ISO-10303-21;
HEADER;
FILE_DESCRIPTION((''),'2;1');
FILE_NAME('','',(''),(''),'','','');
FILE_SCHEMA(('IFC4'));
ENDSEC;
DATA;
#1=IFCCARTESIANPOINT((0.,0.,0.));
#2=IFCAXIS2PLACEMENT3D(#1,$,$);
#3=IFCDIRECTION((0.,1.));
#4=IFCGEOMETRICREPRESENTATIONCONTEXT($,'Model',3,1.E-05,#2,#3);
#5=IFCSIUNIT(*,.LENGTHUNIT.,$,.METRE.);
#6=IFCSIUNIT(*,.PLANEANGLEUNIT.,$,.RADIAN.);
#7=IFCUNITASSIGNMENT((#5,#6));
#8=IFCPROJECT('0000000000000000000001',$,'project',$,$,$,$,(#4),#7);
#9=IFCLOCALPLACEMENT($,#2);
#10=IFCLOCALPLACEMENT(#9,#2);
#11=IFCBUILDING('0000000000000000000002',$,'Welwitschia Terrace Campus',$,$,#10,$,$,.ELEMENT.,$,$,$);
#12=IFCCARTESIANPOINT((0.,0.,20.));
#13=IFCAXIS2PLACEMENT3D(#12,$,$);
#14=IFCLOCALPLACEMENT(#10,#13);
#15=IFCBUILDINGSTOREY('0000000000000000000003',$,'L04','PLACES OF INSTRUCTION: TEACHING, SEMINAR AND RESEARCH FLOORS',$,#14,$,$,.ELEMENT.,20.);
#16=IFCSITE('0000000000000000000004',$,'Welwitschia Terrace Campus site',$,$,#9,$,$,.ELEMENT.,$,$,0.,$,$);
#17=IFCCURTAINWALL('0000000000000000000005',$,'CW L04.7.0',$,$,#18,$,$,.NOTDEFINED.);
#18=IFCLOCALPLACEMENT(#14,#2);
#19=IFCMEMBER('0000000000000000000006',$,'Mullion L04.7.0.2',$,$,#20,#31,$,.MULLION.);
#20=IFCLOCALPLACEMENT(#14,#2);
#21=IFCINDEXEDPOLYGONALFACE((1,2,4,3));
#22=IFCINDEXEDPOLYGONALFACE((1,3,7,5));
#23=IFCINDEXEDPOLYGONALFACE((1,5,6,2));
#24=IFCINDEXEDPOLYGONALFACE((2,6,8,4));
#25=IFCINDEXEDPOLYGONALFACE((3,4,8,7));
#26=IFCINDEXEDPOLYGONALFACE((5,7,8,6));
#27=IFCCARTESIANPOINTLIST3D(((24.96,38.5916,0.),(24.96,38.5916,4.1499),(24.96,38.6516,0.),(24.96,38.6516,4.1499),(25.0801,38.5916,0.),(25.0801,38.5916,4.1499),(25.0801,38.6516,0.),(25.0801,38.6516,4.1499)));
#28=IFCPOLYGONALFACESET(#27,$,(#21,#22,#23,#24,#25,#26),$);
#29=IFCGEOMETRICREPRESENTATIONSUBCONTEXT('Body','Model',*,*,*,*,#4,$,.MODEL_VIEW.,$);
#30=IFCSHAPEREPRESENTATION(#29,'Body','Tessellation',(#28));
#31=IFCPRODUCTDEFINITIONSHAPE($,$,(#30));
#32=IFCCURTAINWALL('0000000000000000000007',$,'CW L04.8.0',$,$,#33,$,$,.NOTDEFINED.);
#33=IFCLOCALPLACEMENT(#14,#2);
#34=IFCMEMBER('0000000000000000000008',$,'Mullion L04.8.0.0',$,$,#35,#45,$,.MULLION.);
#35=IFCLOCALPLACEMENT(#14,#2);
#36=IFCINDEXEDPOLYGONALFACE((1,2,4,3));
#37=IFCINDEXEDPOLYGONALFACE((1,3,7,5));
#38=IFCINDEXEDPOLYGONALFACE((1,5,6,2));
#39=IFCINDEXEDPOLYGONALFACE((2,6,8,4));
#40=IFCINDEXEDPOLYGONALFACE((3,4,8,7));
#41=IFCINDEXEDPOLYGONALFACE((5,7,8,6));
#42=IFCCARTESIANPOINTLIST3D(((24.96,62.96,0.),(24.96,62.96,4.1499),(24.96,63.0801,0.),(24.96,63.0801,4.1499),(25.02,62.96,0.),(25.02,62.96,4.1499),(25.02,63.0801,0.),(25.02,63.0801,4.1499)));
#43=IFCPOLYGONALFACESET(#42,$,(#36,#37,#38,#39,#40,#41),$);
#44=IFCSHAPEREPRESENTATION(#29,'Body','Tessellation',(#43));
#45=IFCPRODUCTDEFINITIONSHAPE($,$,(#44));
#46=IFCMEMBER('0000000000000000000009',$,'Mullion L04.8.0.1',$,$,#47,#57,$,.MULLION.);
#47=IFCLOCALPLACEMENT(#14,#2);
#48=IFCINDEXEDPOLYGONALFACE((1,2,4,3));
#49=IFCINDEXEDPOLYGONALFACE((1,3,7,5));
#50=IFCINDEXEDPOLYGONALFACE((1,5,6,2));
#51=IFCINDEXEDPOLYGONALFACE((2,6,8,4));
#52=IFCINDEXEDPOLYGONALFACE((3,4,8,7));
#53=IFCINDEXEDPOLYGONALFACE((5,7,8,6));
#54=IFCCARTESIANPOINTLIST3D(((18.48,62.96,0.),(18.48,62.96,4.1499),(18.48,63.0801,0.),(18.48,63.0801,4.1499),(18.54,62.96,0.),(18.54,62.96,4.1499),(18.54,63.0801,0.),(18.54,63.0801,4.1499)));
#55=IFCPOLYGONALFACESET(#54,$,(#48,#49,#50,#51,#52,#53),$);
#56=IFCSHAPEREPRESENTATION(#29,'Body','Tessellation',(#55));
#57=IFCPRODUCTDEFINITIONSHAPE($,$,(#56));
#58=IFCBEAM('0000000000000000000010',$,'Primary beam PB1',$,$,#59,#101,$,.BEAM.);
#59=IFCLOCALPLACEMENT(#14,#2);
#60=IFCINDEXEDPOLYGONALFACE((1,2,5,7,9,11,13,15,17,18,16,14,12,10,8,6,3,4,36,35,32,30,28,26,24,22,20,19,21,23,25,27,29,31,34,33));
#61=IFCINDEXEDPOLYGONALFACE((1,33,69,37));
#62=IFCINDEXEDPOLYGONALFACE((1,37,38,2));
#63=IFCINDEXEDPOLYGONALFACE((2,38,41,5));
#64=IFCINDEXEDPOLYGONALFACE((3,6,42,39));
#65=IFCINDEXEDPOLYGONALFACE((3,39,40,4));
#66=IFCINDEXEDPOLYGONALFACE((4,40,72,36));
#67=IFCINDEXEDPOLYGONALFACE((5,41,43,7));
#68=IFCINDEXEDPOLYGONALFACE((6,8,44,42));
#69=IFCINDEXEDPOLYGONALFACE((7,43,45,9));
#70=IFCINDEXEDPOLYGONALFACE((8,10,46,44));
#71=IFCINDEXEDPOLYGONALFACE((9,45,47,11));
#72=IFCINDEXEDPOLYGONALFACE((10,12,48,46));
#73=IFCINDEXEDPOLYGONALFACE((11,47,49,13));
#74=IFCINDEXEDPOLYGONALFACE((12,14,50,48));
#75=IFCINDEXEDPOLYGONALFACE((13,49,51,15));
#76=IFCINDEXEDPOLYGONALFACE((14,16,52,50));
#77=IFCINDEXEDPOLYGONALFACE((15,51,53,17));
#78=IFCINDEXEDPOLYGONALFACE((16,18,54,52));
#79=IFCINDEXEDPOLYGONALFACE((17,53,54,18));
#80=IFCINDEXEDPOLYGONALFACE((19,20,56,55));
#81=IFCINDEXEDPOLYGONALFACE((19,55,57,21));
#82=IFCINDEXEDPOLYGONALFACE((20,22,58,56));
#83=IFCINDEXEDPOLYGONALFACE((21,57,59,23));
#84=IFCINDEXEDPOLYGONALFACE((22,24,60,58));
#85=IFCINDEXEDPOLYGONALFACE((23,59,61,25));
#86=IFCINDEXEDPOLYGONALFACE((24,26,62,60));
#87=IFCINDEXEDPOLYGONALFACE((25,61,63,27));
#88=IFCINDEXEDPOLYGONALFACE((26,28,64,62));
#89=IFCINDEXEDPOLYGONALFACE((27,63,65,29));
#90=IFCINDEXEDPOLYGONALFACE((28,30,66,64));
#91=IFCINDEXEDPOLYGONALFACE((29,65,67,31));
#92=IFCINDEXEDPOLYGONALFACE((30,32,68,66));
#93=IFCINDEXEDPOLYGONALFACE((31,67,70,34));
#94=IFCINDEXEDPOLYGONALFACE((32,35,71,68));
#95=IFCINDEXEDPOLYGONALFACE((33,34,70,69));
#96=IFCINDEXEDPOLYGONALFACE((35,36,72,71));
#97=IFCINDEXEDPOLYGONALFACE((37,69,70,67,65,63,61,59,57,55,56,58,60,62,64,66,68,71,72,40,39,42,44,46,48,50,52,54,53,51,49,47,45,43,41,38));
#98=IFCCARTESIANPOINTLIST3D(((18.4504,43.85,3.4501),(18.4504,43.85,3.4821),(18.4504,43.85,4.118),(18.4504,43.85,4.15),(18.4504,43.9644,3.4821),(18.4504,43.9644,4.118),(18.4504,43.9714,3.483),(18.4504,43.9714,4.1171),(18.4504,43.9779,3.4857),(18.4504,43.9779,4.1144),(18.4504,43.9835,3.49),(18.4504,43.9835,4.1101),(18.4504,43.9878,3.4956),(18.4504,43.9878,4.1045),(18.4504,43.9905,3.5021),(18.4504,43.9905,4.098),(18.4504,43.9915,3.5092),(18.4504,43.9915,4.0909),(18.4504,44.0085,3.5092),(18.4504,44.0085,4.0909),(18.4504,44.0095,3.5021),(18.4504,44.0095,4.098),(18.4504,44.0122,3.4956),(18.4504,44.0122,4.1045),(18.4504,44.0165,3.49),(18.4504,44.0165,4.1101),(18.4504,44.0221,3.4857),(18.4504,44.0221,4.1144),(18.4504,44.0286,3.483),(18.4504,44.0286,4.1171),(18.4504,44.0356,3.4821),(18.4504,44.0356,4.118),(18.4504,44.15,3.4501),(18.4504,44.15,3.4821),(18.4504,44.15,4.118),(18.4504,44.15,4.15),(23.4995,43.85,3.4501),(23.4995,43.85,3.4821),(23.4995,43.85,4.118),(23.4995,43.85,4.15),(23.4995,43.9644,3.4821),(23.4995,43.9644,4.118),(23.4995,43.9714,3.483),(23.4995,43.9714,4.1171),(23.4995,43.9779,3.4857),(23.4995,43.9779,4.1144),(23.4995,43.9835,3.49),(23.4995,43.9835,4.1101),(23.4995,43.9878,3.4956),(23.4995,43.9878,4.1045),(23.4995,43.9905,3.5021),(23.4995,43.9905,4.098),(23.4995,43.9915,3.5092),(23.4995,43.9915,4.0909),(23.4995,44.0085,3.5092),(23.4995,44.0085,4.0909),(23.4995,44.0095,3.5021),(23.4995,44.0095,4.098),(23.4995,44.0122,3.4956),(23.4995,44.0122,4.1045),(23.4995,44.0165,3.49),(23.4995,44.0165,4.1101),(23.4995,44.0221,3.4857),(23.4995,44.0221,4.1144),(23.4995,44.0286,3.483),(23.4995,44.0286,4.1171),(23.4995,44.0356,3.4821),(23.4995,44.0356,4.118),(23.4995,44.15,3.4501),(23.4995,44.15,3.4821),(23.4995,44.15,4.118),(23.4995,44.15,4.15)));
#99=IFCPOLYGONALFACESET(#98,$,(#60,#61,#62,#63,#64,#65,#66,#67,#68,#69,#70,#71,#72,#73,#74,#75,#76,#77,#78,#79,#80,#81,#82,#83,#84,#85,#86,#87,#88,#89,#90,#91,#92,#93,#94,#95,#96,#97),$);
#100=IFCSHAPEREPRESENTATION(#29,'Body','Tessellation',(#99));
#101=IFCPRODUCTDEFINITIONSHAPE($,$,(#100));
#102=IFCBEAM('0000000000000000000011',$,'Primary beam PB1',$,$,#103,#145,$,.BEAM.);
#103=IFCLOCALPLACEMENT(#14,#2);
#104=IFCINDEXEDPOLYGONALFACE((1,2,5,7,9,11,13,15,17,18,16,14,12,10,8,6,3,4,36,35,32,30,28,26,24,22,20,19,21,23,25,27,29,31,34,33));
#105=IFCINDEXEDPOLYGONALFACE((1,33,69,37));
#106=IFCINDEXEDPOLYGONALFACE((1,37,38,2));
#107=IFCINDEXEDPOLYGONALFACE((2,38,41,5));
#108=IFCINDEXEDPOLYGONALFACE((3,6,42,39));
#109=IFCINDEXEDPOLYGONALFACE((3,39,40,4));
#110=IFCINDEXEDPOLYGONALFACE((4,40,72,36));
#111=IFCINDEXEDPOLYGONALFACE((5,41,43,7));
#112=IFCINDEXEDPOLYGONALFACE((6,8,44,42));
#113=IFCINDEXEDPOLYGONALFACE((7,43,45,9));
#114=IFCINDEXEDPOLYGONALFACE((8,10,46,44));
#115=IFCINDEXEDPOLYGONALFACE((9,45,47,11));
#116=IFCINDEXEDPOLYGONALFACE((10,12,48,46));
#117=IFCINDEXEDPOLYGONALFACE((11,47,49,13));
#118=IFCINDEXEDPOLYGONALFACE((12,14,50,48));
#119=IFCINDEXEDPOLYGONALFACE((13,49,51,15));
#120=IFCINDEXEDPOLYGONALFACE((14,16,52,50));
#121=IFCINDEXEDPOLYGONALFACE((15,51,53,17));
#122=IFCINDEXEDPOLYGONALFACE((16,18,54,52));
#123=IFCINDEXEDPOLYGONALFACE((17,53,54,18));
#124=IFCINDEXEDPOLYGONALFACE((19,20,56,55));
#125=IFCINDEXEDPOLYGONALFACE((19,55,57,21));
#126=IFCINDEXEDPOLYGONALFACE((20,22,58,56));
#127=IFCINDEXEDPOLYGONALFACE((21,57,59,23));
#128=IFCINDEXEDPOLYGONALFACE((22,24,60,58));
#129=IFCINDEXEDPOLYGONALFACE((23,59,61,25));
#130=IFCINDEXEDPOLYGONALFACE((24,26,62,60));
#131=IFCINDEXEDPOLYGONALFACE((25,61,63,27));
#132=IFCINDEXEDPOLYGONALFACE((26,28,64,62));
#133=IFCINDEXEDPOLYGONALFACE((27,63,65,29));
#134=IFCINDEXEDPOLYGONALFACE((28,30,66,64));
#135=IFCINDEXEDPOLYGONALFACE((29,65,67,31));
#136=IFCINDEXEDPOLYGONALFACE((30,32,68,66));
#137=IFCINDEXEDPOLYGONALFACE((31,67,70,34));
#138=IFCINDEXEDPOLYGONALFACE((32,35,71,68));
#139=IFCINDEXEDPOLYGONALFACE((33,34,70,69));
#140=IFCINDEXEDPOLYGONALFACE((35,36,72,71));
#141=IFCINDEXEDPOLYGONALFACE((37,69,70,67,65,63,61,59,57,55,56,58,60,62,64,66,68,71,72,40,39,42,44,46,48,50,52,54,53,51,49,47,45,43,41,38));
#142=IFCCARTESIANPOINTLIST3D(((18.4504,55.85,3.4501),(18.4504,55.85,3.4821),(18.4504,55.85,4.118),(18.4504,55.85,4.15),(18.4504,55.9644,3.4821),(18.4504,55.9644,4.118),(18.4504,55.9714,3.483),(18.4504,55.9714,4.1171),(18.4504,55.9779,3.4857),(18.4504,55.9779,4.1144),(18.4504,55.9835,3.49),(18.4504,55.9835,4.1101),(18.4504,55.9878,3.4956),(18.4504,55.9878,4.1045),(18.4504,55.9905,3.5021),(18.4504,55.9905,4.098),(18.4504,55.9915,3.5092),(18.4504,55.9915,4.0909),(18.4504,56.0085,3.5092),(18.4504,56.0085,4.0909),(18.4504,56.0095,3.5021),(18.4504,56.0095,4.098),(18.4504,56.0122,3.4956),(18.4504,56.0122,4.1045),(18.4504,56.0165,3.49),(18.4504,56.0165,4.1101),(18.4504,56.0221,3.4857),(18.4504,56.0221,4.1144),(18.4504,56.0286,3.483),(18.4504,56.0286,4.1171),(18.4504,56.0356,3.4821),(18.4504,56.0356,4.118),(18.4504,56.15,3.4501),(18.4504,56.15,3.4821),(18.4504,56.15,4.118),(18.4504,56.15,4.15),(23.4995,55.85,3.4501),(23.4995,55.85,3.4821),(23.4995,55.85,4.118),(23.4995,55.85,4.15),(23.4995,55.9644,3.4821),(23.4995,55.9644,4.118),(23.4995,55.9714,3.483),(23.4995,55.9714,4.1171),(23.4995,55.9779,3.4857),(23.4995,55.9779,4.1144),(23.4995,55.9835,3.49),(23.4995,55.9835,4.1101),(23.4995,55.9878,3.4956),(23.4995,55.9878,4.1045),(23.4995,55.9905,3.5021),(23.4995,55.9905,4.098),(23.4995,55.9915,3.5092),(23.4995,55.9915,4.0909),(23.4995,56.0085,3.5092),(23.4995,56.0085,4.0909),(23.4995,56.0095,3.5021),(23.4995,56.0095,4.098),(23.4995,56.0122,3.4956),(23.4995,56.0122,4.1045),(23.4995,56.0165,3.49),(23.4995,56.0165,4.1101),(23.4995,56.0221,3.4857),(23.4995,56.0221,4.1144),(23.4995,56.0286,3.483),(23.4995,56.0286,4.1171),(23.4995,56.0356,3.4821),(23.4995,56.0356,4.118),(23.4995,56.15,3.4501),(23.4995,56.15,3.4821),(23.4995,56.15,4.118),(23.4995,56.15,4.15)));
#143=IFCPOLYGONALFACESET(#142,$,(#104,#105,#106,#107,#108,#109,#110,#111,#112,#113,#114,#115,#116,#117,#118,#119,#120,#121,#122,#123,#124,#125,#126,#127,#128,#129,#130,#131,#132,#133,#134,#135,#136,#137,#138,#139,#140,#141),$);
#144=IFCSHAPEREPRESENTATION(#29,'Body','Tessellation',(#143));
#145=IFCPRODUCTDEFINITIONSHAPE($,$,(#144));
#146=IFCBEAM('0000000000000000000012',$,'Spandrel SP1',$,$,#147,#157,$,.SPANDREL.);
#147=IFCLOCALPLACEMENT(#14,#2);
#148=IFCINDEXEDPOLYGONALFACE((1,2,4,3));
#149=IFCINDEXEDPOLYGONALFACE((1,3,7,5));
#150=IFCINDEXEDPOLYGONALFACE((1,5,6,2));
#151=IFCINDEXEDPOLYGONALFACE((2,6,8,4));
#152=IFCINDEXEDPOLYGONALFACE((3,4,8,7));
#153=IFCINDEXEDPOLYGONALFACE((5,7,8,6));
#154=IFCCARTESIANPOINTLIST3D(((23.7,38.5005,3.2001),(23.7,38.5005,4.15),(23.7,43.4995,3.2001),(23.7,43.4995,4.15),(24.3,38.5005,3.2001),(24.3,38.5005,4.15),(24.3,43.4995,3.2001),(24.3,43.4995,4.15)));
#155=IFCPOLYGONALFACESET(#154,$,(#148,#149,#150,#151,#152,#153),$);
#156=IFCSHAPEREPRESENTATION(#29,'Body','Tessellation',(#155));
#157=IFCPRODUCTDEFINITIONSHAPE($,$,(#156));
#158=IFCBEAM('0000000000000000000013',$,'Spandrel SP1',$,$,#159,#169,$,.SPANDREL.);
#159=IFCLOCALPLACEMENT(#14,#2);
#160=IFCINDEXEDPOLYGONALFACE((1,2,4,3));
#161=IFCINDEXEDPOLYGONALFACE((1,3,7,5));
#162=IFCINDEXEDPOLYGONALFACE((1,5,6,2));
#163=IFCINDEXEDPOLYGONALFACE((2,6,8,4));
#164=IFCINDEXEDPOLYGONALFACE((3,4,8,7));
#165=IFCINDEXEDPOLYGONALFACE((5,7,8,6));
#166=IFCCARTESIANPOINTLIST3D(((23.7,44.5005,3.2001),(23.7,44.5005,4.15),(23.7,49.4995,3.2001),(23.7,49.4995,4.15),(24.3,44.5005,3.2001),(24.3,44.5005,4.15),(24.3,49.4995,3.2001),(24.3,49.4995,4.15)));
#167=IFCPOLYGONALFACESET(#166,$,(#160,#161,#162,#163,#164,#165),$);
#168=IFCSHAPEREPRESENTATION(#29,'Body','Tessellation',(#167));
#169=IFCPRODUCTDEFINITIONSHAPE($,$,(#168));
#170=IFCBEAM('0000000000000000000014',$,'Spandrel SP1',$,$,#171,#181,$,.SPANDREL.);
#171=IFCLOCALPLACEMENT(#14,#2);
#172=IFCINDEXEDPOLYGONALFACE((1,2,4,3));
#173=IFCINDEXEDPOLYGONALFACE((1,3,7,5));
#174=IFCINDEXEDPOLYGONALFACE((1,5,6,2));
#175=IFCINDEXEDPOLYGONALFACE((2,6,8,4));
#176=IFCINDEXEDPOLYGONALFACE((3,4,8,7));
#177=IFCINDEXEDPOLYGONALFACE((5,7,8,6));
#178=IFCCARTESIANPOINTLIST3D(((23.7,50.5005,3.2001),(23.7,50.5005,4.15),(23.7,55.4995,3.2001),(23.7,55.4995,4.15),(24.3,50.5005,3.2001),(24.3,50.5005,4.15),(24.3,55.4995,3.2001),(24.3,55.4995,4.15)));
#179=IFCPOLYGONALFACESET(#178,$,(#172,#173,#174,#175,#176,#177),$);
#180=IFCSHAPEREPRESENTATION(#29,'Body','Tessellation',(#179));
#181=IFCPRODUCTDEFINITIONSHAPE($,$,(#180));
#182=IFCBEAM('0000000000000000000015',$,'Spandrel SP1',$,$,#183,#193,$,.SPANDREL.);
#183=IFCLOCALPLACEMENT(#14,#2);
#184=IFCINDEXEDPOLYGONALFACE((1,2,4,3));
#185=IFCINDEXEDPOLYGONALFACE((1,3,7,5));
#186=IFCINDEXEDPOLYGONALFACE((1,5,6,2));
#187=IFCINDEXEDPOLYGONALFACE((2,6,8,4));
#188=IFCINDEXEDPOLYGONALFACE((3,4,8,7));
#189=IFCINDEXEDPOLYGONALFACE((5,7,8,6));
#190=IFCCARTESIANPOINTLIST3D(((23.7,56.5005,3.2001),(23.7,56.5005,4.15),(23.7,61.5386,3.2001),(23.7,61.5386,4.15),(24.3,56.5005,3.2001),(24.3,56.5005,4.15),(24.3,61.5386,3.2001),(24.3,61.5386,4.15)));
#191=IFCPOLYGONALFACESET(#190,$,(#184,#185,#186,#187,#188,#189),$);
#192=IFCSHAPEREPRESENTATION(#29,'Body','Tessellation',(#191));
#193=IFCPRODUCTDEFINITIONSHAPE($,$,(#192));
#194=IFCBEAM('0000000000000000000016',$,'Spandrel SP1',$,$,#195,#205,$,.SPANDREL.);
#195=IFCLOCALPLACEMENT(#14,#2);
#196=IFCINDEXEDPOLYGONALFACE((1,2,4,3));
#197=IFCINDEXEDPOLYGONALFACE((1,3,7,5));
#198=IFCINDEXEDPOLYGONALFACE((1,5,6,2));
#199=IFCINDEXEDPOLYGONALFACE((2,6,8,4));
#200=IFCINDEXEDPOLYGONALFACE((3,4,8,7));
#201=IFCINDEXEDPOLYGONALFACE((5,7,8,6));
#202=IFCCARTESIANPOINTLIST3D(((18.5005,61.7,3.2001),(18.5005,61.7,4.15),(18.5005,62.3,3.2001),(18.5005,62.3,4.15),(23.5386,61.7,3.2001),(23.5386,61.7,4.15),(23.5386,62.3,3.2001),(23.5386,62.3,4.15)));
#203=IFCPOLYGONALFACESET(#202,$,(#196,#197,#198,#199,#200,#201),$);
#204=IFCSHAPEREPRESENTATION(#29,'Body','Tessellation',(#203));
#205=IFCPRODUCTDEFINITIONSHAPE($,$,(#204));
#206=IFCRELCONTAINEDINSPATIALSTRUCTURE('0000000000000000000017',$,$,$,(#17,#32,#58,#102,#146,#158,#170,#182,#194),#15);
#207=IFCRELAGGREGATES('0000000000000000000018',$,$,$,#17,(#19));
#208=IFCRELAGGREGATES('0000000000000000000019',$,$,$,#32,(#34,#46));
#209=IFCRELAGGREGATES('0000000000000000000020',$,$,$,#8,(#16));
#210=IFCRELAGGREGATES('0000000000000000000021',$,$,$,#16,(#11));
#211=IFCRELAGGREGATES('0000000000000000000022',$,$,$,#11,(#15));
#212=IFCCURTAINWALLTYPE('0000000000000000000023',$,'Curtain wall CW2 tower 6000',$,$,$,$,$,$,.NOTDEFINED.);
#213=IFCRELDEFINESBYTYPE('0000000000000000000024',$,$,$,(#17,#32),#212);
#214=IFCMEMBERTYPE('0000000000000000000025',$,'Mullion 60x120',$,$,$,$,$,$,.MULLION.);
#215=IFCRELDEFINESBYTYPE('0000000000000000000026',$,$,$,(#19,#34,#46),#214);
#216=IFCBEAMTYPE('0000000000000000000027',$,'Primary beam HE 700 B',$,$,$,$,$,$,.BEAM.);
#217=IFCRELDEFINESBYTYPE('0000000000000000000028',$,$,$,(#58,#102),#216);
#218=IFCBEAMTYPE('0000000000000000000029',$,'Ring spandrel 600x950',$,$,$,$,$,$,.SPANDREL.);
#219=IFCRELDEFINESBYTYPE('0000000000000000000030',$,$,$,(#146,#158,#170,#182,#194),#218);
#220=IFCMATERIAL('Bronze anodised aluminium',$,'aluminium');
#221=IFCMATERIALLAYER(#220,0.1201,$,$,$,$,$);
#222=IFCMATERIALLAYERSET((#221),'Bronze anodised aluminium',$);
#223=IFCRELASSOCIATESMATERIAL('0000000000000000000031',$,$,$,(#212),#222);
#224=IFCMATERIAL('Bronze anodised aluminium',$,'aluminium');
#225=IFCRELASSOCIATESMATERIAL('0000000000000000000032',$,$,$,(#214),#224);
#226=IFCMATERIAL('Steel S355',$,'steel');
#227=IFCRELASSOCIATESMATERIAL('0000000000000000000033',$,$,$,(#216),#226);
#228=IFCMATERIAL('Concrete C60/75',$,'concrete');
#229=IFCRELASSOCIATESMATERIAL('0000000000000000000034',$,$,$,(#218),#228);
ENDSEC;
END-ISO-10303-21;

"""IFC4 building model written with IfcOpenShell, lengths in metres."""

from ifc_helpers import new_model, si_unit, direction, frame, origin, origin_2d, place, context, subcontext, project, spatial, rectangle, i_section, extrude, material, layer, layer_set, material_profile, profile_set, type_object, element, aggregate, save


model = new_model("IFC4")

# Units and contexts
model_context = context("Model", 3, precision=1e-05, world=origin(), true_north=direction((0.0, 1.0)))
body_context = subcontext(model_context, "Body", "Model", "MODEL_VIEW")
ifc_project = project(units=[si_unit("LENGTHUNIT", "METRE"), si_unit("PLANEANGLEUNIT", "RADIAN")], contexts=[model_context])

# Site, building, storey
site_placement = place(None, origin())
site = spatial("IfcSite", under=ifc_project, at=site_placement, Name="Welwitschia Terrace Campus site", CompositionType="ELEMENT", RefElevation=0.0)
building_placement = place(site_placement, origin())
building = spatial("IfcBuilding", under=site, at=building_placement, Name="Welwitschia Terrace Campus", CompositionType="ELEMENT")
storey_placement = place(building_placement, frame((0.0, 0.0, 20.0)))
storey = spatial("IfcBuildingStorey", under=building, at=storey_placement, Name="L04", Description="PLACES OF INSTRUCTION: TEACHING, SEMINAR AND RESEARCH FLOORS", CompositionType="ELEMENT", Elevation=20.0)

# Curtain wall, member
ifc_material_1 = material(Name="Bronze anodised aluminium", Category="aluminium")
ifc_layer_1 = layer(ifc_material_1, 0.1201)
ifc_layer_set_1 = layer_set([ifc_layer_1], Name="Bronze anodised aluminium")
curtain_wall_type = type_object("IfcCurtainWallType", Name="Curtain wall CW2 tower 6000", PredefinedType="NOTDEFINED", material=ifc_layer_set_1)
curtain_wall_1_placement = place(storey_placement, origin())
curtain_wall_1 = element("IfcCurtainWall", 1, at=curtain_wall_1_placement, inside=storey, type_object=curtain_wall_type, Name="CW L04.7.0", PredefinedType="NOTDEFINED")
ifc_material_2 = material(Name="Bronze anodised aluminium", Category="aluminium")
ifc_material_profile_1 = material_profile(ifc_material_2, rectangle(XDim=0.1201, YDim=0.0601, at=origin_2d()))
ifc_profile_set_1 = profile_set([ifc_material_profile_1], Name="Bronze anodised aluminium")
member_type_1 = type_object("IfcMemberType", Name="Mullion 60x120", PredefinedType="MULLION", material=ifc_profile_set_1)
member_1_placement = place(storey_placement, frame((25.02, 38.6216, 0.0), z_axis=(0.0, 0.0, 1.0), x_axis=(-1.0, 0.0, 0.0)))
member_1 = element("IfcMember", 2, at=member_1_placement, type_object=member_type_1, Name="Mullion L04.7.0.2", PredefinedType="MULLION", context=body_context, shape_type="SweptSolid", body=[
    extrude(rectangle(XDim=0.1201, YDim=0.0601, at=origin_2d()), origin(), (0.0, 0.0, 1.0), 4.1499),
])

# Curtain wall, members
curtain_wall_2_placement = place(storey_placement, origin())
curtain_wall_2 = element("IfcCurtainWall", 3, at=curtain_wall_2_placement, inside=storey, type_object=curtain_wall_type, Name="CW L04.8.0", PredefinedType="NOTDEFINED")
member_2_placement = place(storey_placement, frame((24.99, 63.02, 0.0), z_axis=(0.0, 0.0, 1.0), x_axis=(0.0, -1.0, 0.0)))
member_2 = element("IfcMember", 4, at=member_2_placement, type_object=member_type_1, Name="Mullion L04.8.0.0", PredefinedType="MULLION", context=body_context, shape_type="SweptSolid", body=[
    extrude(rectangle(XDim=0.1201, YDim=0.0601, at=origin_2d()), origin(), (0.0, 0.0, 1.0), 4.1499),
])
member_3_placement = place(storey_placement, frame((18.51, 63.02, 0.0), z_axis=(0.0, 0.0, 1.0), x_axis=(0.0, -1.0, 0.0)))
member_3 = element("IfcMember", 5, at=member_3_placement, type_object=member_type_1, Name="Mullion L04.8.0.1", PredefinedType="MULLION", context=body_context, shape_type="SweptSolid", body=[
    extrude(rectangle(XDim=0.1201, YDim=0.0601, at=origin_2d()), origin(), (0.0, 0.0, 1.0), 4.1499),
])

# Beams
ifc_material_3 = material(Name="Steel S355", Category="steel")
ifc_material_profile_2 = material_profile(ifc_material_3, i_section(OverallWidth=0.3, OverallDepth=0.7, WebThickness=0.0171, FlangeThickness=0.032, FilletRadius=0.0271, at=origin_2d()))
ifc_profile_set_2 = profile_set([ifc_material_profile_2], Name="Steel S355")
beam_type_1 = type_object("IfcBeamType", Name="Primary beam HE 700 B", PredefinedType="BEAM", material=ifc_profile_set_2)
for number, where, z_axis, x_axis, name in (
    (6, (23.4995, 44.0, 3.8), (-1.0, 0.0, 0.0), (0.0, -1.0, 0.0), "Primary beam PB1"),
    (7, (23.4995, 56.0, 3.8), (-1.0, 0.0, 0.0), (0.0, -1.0, 0.0), "Primary beam PB1"),
):
    element("IfcBeam", number, at=place(storey_placement, frame(where, z_axis=z_axis, x_axis=x_axis)), inside=storey, type_object=beam_type_1, Name=name, PredefinedType="BEAM", context=body_context, shape_type="SweptSolid", body=[
        extrude(i_section(OverallWidth=0.3, OverallDepth=0.7, WebThickness=0.0171, FlangeThickness=0.032, FilletRadius=0.0271, at=origin_2d()), origin(), (0.0, 0.0, 1.0), 5.0491),
    ])
ifc_material_4 = material(Name="Concrete C60/75", Category="concrete")
ifc_material_profile_3 = material_profile(ifc_material_4, rectangle(XDim=0.6001, YDim=0.95, at=origin_2d()))
ifc_profile_set_3 = profile_set([ifc_material_profile_3], Name="Concrete C60/75")
beam_type_2 = type_object("IfcBeamType", Name="Ring spandrel 600x950", PredefinedType="SPANDREL", material=ifc_profile_set_3)
for number, where, z_axis, x_axis, name in (
    (8, (24.0, 38.5005, 3.675), (0.0, 1.0, 0.0), (-1.0, 0.0, 0.0), "Spandrel SP1"),
    (9, (24.0, 44.5005, 3.675), (0.0, 1.0, 0.0), (-1.0, 0.0, 0.0), "Spandrel SP1"),
    (10, (24.0, 50.5005, 3.675), (0.0, 1.0, 0.0), (-1.0, 0.0, 0.0), "Spandrel SP1"),
):
    element("IfcBeam", number, at=place(storey_placement, frame(where, z_axis=z_axis, x_axis=x_axis)), inside=storey, type_object=beam_type_2, Name=name, PredefinedType="SPANDREL", context=body_context, shape_type="SweptSolid", body=[
        extrude(rectangle(XDim=0.6001, YDim=0.95, at=origin_2d()), origin(), (0.0, 0.0, 1.0), 4.999),
    ])
for number, where, z_axis, x_axis, name in (
    (11, (24.0, 56.5005, 3.675), (0.0, 1.0, 0.0), (-1.0, 0.0, 0.0), "Spandrel SP1"),
    (12, (23.5386, 62.0, 3.675), (-1.0, 0.0, 0.0), (0.0, -1.0, 0.0), "Spandrel SP1"),
):
    element("IfcBeam", number, at=place(storey_placement, frame(where, z_axis=z_axis, x_axis=x_axis)), inside=storey, type_object=beam_type_2, Name=name, PredefinedType="SPANDREL", context=body_context, shape_type="SweptSolid", body=[
        extrude(rectangle(XDim=0.6001, YDim=0.95, at=origin_2d()), origin(), (0.0, 0.0, 1.0), 5.0381),
    ])

aggregate(curtain_wall_1, [member_1])
aggregate(curtain_wall_2, [member_2, member_3])

save(model, "model.ifc")
